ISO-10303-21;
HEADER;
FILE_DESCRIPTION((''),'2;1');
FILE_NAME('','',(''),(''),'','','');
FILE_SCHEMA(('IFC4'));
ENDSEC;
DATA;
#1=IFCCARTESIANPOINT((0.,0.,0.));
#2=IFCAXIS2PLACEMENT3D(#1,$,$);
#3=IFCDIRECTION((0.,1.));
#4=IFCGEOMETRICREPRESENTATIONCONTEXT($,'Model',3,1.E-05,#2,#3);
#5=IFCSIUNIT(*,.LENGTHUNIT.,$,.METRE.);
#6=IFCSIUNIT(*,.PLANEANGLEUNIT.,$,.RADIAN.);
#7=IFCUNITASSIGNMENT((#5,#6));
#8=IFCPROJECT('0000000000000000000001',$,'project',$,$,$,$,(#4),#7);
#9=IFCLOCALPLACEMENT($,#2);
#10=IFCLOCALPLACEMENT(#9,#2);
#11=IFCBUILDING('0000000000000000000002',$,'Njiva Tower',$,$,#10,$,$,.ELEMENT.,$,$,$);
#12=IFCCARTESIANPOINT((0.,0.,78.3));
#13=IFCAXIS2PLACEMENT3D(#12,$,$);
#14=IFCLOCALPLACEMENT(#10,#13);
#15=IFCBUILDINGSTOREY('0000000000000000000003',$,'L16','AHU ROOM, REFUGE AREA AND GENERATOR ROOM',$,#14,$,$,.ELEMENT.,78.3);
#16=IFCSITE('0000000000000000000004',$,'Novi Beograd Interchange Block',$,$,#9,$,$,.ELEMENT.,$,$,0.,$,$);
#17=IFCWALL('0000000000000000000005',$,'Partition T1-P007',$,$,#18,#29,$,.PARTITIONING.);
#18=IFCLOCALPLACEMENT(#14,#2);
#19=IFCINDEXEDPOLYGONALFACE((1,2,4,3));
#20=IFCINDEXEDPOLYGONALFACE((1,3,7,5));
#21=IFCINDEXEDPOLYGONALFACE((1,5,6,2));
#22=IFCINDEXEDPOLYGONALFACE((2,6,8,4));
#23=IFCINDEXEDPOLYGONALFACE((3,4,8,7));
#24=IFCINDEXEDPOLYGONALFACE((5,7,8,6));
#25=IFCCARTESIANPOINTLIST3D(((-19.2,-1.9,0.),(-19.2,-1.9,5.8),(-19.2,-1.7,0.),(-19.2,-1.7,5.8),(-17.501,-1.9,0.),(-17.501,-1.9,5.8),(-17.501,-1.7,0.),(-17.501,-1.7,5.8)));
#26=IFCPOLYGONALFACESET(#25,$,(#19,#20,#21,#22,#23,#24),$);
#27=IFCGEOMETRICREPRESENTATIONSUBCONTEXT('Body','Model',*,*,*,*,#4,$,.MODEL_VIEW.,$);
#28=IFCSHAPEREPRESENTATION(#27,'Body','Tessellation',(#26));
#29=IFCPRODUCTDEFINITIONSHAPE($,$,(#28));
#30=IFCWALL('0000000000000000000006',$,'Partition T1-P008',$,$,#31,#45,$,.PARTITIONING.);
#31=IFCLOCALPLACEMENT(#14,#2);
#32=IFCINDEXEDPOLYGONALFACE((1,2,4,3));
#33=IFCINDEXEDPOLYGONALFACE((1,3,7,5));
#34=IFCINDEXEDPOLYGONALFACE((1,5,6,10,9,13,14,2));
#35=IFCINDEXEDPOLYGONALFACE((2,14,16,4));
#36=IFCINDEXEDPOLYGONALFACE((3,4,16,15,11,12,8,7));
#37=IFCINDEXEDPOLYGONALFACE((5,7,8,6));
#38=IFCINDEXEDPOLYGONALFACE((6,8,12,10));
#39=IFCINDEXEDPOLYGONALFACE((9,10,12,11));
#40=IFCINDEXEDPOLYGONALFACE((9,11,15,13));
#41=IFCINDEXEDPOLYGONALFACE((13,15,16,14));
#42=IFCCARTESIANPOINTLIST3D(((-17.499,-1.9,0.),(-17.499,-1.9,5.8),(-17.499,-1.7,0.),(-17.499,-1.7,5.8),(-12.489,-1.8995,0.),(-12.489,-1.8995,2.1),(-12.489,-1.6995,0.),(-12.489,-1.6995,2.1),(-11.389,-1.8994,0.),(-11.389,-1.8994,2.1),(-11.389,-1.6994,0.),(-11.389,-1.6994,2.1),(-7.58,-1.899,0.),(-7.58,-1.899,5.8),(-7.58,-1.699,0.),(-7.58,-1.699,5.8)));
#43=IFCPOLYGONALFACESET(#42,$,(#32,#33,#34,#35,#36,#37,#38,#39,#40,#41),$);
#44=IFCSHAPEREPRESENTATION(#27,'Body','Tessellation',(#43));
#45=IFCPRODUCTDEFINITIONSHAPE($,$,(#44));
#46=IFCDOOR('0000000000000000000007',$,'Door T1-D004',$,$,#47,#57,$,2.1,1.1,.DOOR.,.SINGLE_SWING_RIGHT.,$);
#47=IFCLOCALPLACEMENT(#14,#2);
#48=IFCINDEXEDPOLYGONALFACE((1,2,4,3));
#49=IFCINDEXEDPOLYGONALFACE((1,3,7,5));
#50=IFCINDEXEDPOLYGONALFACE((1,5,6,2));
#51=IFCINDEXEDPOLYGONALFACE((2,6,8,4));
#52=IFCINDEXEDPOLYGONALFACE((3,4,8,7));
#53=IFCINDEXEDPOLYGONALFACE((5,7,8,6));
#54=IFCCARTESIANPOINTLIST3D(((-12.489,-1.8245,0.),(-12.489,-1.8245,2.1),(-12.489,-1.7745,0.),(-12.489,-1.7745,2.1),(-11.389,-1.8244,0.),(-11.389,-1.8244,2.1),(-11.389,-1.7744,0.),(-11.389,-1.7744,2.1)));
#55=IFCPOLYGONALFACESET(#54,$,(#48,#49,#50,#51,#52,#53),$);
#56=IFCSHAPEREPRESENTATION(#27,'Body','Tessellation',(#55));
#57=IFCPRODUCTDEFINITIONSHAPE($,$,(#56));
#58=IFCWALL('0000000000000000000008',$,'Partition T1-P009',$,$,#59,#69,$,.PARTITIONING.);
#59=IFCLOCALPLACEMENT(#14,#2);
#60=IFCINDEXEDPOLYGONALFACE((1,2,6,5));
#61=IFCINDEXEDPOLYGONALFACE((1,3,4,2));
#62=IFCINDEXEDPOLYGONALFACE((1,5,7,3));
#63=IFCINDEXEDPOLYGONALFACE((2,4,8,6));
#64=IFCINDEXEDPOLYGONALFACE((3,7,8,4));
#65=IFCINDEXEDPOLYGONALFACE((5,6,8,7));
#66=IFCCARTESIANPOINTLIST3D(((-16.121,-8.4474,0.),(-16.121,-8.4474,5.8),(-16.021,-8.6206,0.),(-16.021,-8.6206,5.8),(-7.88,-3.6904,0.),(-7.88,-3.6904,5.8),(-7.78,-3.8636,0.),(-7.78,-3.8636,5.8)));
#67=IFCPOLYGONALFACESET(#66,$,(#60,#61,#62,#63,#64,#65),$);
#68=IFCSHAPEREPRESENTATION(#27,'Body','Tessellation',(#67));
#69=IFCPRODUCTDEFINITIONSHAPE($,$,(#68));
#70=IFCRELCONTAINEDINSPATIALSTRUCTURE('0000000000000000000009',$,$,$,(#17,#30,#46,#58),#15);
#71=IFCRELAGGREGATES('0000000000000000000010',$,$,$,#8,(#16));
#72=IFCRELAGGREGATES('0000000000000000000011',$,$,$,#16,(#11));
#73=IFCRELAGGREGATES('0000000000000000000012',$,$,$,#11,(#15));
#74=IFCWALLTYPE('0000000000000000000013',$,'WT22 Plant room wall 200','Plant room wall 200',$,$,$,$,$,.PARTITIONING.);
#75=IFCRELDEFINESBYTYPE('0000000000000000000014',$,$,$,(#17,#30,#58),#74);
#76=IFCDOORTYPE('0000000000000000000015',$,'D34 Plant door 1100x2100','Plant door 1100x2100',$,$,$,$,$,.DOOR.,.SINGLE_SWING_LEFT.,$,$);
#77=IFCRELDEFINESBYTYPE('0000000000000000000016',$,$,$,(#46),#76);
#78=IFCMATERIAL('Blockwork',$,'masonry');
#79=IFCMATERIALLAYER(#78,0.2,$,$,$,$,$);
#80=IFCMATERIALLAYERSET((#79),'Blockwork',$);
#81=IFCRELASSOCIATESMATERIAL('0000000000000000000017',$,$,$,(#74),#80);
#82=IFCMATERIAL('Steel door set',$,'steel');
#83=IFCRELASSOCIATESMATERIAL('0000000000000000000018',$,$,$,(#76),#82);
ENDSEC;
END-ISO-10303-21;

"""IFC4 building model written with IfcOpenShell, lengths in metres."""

from ifc_helpers import new_model, si_unit, direction, frame, frame_2d, origin, place, context, subcontext, project, spatial, rectangle, extrude, material, layer, layer_set, type_object, element, fill, save


model = new_model("IFC4")

# Units and contexts
model_context = context("Model", 3, precision=1e-05, world=origin(), true_north=direction((0.0, 1.0)))
body_context = subcontext(model_context, "Body", "Model", "MODEL_VIEW")
ifc_project = project(units=[si_unit("LENGTHUNIT", "METRE"), si_unit("PLANEANGLEUNIT", "RADIAN")], contexts=[model_context])

# Site, building, storey
site_placement = place(None, origin())
site = spatial("IfcSite", under=ifc_project, at=site_placement, Name="Novi Beograd Interchange Block", CompositionType="ELEMENT", RefElevation=0.0)
building_placement = place(site_placement, origin())
building = spatial("IfcBuilding", under=site, at=building_placement, Name="Njiva Tower", CompositionType="ELEMENT")
storey_placement = place(building_placement, frame((0.0, 0.0, 78.3)))
storey = spatial("IfcBuildingStorey", under=building, at=storey_placement, Name="L16", Description="AHU ROOM, REFUGE AREA AND GENERATOR ROOM", CompositionType="ELEMENT", Elevation=78.3)

# Shared definitions
ifc_material_1 = material(Name="Blockwork", Category="masonry")
ifc_layer = layer(ifc_material_1, 0.2)
ifc_layer_set = layer_set([ifc_layer], Name="Blockwork")
wall_type = type_object("IfcWallType", Name="WT22 Plant room wall 200", Description="Plant room wall 200", PredefinedType="PARTITIONING", material=ifc_layer_set)
ifc_material_2 = material(Name="Steel door set", Category="steel")
door_type = type_object("IfcDoorType", Name="D34 Plant door 1100x2100", Description="Plant door 1100x2100", OperationType="SINGLE_SWING_LEFT", PredefinedType="DOOR", material=ifc_material_2)

# Wall
wall_1_placement = place(storey_placement, frame((-19.2, -1.8, 0.0), z_axis=(0.0, 0.0, 1.0), x_axis=(1.0, 0.0, 0.0)))
element("IfcWall", 1, at=wall_1_placement, inside=storey, type_object=wall_type, Name="Partition T1-P007", PredefinedType="PARTITIONING", context=body_context, shape_type="SweptSolid", body=[
    extrude(rectangle(XDim=1.699, YDim=0.2, at=frame_2d((0.8495, 0.0))), origin(), (0.0, 0.0, 1.0), 5.8),
])

# Wall, opening, door
wall_2_placement = place(storey_placement, frame((-17.499, -1.8, 0.0), z_axis=(0.0, 0.0, 1.0), x_axis=(1.0, 0.000101, 0.0)))
wall_2 = element("IfcWall", 2, at=wall_2_placement, inside=storey, type_object=wall_type, Name="Partition T1-P008", PredefinedType="PARTITIONING", context=body_context, shape_type="SweptSolid", body=[
    extrude(rectangle(XDim=9.919, YDim=0.2, at=frame_2d((4.9595, 0.0))), origin(), (0.0, 0.0, 1.0), 5.8),
])
opening_1_placement = place(wall_2_placement, frame((5.01, 0.0, 0.0)))
opening_1 = element("IfcOpeningElement", 3, at=opening_1_placement, cuts=wall_2, PredefinedType="OPENING", context=body_context, shape_type="SweptSolid", body=[
    extrude(rectangle(XDim=1.1, YDim=2.1, at=frame_2d((0.55, 1.05))), frame((0.0, 0.11, 0.0), z_axis=(0.0, -1.0, 0.0), x_axis=(1.0, 0.0, 0.0)), (0.0, 0.0, 1.0), 0.22),
])
door_1_placement = place(opening_1_placement, origin())
door_1 = element("IfcDoor", 4, at=door_1_placement, inside=storey, type_object=door_type, Name="Door T1-D004", OperationType="SINGLE_SWING_RIGHT", OverallHeight=2.1, OverallWidth=1.1, PredefinedType="DOOR", context=body_context, shape_type="SweptSolid", body=[
    extrude(rectangle(XDim=1.1, YDim=2.1, at=frame_2d((0.55, 1.05))), frame((0.0, 0.025, 0.0), z_axis=(0.0, -1.0, 0.0), x_axis=(1.0, 0.0, 0.0)), (0.0, 0.0, 1.0), 0.05),
])
fill(opening_1, door_1)

# Wall
wall_3_placement = place(storey_placement, frame((-16.071, -8.534, 0.0), z_axis=(0.0, 0.0, 1.0), x_axis=(0.866068, 0.499926, 0.0)))
element("IfcWall", 5, at=wall_3_placement, inside=storey, type_object=wall_type, Name="Partition T1-P009", PredefinedType="PARTITIONING", context=body_context, shape_type="SweptSolid", body=[
    extrude(rectangle(XDim=9.5154, YDim=0.2, at=frame_2d((4.7577, 0.0))), origin(), (0.0, 0.0, 1.0), 5.8),
])

save(model, "model.ifc")
